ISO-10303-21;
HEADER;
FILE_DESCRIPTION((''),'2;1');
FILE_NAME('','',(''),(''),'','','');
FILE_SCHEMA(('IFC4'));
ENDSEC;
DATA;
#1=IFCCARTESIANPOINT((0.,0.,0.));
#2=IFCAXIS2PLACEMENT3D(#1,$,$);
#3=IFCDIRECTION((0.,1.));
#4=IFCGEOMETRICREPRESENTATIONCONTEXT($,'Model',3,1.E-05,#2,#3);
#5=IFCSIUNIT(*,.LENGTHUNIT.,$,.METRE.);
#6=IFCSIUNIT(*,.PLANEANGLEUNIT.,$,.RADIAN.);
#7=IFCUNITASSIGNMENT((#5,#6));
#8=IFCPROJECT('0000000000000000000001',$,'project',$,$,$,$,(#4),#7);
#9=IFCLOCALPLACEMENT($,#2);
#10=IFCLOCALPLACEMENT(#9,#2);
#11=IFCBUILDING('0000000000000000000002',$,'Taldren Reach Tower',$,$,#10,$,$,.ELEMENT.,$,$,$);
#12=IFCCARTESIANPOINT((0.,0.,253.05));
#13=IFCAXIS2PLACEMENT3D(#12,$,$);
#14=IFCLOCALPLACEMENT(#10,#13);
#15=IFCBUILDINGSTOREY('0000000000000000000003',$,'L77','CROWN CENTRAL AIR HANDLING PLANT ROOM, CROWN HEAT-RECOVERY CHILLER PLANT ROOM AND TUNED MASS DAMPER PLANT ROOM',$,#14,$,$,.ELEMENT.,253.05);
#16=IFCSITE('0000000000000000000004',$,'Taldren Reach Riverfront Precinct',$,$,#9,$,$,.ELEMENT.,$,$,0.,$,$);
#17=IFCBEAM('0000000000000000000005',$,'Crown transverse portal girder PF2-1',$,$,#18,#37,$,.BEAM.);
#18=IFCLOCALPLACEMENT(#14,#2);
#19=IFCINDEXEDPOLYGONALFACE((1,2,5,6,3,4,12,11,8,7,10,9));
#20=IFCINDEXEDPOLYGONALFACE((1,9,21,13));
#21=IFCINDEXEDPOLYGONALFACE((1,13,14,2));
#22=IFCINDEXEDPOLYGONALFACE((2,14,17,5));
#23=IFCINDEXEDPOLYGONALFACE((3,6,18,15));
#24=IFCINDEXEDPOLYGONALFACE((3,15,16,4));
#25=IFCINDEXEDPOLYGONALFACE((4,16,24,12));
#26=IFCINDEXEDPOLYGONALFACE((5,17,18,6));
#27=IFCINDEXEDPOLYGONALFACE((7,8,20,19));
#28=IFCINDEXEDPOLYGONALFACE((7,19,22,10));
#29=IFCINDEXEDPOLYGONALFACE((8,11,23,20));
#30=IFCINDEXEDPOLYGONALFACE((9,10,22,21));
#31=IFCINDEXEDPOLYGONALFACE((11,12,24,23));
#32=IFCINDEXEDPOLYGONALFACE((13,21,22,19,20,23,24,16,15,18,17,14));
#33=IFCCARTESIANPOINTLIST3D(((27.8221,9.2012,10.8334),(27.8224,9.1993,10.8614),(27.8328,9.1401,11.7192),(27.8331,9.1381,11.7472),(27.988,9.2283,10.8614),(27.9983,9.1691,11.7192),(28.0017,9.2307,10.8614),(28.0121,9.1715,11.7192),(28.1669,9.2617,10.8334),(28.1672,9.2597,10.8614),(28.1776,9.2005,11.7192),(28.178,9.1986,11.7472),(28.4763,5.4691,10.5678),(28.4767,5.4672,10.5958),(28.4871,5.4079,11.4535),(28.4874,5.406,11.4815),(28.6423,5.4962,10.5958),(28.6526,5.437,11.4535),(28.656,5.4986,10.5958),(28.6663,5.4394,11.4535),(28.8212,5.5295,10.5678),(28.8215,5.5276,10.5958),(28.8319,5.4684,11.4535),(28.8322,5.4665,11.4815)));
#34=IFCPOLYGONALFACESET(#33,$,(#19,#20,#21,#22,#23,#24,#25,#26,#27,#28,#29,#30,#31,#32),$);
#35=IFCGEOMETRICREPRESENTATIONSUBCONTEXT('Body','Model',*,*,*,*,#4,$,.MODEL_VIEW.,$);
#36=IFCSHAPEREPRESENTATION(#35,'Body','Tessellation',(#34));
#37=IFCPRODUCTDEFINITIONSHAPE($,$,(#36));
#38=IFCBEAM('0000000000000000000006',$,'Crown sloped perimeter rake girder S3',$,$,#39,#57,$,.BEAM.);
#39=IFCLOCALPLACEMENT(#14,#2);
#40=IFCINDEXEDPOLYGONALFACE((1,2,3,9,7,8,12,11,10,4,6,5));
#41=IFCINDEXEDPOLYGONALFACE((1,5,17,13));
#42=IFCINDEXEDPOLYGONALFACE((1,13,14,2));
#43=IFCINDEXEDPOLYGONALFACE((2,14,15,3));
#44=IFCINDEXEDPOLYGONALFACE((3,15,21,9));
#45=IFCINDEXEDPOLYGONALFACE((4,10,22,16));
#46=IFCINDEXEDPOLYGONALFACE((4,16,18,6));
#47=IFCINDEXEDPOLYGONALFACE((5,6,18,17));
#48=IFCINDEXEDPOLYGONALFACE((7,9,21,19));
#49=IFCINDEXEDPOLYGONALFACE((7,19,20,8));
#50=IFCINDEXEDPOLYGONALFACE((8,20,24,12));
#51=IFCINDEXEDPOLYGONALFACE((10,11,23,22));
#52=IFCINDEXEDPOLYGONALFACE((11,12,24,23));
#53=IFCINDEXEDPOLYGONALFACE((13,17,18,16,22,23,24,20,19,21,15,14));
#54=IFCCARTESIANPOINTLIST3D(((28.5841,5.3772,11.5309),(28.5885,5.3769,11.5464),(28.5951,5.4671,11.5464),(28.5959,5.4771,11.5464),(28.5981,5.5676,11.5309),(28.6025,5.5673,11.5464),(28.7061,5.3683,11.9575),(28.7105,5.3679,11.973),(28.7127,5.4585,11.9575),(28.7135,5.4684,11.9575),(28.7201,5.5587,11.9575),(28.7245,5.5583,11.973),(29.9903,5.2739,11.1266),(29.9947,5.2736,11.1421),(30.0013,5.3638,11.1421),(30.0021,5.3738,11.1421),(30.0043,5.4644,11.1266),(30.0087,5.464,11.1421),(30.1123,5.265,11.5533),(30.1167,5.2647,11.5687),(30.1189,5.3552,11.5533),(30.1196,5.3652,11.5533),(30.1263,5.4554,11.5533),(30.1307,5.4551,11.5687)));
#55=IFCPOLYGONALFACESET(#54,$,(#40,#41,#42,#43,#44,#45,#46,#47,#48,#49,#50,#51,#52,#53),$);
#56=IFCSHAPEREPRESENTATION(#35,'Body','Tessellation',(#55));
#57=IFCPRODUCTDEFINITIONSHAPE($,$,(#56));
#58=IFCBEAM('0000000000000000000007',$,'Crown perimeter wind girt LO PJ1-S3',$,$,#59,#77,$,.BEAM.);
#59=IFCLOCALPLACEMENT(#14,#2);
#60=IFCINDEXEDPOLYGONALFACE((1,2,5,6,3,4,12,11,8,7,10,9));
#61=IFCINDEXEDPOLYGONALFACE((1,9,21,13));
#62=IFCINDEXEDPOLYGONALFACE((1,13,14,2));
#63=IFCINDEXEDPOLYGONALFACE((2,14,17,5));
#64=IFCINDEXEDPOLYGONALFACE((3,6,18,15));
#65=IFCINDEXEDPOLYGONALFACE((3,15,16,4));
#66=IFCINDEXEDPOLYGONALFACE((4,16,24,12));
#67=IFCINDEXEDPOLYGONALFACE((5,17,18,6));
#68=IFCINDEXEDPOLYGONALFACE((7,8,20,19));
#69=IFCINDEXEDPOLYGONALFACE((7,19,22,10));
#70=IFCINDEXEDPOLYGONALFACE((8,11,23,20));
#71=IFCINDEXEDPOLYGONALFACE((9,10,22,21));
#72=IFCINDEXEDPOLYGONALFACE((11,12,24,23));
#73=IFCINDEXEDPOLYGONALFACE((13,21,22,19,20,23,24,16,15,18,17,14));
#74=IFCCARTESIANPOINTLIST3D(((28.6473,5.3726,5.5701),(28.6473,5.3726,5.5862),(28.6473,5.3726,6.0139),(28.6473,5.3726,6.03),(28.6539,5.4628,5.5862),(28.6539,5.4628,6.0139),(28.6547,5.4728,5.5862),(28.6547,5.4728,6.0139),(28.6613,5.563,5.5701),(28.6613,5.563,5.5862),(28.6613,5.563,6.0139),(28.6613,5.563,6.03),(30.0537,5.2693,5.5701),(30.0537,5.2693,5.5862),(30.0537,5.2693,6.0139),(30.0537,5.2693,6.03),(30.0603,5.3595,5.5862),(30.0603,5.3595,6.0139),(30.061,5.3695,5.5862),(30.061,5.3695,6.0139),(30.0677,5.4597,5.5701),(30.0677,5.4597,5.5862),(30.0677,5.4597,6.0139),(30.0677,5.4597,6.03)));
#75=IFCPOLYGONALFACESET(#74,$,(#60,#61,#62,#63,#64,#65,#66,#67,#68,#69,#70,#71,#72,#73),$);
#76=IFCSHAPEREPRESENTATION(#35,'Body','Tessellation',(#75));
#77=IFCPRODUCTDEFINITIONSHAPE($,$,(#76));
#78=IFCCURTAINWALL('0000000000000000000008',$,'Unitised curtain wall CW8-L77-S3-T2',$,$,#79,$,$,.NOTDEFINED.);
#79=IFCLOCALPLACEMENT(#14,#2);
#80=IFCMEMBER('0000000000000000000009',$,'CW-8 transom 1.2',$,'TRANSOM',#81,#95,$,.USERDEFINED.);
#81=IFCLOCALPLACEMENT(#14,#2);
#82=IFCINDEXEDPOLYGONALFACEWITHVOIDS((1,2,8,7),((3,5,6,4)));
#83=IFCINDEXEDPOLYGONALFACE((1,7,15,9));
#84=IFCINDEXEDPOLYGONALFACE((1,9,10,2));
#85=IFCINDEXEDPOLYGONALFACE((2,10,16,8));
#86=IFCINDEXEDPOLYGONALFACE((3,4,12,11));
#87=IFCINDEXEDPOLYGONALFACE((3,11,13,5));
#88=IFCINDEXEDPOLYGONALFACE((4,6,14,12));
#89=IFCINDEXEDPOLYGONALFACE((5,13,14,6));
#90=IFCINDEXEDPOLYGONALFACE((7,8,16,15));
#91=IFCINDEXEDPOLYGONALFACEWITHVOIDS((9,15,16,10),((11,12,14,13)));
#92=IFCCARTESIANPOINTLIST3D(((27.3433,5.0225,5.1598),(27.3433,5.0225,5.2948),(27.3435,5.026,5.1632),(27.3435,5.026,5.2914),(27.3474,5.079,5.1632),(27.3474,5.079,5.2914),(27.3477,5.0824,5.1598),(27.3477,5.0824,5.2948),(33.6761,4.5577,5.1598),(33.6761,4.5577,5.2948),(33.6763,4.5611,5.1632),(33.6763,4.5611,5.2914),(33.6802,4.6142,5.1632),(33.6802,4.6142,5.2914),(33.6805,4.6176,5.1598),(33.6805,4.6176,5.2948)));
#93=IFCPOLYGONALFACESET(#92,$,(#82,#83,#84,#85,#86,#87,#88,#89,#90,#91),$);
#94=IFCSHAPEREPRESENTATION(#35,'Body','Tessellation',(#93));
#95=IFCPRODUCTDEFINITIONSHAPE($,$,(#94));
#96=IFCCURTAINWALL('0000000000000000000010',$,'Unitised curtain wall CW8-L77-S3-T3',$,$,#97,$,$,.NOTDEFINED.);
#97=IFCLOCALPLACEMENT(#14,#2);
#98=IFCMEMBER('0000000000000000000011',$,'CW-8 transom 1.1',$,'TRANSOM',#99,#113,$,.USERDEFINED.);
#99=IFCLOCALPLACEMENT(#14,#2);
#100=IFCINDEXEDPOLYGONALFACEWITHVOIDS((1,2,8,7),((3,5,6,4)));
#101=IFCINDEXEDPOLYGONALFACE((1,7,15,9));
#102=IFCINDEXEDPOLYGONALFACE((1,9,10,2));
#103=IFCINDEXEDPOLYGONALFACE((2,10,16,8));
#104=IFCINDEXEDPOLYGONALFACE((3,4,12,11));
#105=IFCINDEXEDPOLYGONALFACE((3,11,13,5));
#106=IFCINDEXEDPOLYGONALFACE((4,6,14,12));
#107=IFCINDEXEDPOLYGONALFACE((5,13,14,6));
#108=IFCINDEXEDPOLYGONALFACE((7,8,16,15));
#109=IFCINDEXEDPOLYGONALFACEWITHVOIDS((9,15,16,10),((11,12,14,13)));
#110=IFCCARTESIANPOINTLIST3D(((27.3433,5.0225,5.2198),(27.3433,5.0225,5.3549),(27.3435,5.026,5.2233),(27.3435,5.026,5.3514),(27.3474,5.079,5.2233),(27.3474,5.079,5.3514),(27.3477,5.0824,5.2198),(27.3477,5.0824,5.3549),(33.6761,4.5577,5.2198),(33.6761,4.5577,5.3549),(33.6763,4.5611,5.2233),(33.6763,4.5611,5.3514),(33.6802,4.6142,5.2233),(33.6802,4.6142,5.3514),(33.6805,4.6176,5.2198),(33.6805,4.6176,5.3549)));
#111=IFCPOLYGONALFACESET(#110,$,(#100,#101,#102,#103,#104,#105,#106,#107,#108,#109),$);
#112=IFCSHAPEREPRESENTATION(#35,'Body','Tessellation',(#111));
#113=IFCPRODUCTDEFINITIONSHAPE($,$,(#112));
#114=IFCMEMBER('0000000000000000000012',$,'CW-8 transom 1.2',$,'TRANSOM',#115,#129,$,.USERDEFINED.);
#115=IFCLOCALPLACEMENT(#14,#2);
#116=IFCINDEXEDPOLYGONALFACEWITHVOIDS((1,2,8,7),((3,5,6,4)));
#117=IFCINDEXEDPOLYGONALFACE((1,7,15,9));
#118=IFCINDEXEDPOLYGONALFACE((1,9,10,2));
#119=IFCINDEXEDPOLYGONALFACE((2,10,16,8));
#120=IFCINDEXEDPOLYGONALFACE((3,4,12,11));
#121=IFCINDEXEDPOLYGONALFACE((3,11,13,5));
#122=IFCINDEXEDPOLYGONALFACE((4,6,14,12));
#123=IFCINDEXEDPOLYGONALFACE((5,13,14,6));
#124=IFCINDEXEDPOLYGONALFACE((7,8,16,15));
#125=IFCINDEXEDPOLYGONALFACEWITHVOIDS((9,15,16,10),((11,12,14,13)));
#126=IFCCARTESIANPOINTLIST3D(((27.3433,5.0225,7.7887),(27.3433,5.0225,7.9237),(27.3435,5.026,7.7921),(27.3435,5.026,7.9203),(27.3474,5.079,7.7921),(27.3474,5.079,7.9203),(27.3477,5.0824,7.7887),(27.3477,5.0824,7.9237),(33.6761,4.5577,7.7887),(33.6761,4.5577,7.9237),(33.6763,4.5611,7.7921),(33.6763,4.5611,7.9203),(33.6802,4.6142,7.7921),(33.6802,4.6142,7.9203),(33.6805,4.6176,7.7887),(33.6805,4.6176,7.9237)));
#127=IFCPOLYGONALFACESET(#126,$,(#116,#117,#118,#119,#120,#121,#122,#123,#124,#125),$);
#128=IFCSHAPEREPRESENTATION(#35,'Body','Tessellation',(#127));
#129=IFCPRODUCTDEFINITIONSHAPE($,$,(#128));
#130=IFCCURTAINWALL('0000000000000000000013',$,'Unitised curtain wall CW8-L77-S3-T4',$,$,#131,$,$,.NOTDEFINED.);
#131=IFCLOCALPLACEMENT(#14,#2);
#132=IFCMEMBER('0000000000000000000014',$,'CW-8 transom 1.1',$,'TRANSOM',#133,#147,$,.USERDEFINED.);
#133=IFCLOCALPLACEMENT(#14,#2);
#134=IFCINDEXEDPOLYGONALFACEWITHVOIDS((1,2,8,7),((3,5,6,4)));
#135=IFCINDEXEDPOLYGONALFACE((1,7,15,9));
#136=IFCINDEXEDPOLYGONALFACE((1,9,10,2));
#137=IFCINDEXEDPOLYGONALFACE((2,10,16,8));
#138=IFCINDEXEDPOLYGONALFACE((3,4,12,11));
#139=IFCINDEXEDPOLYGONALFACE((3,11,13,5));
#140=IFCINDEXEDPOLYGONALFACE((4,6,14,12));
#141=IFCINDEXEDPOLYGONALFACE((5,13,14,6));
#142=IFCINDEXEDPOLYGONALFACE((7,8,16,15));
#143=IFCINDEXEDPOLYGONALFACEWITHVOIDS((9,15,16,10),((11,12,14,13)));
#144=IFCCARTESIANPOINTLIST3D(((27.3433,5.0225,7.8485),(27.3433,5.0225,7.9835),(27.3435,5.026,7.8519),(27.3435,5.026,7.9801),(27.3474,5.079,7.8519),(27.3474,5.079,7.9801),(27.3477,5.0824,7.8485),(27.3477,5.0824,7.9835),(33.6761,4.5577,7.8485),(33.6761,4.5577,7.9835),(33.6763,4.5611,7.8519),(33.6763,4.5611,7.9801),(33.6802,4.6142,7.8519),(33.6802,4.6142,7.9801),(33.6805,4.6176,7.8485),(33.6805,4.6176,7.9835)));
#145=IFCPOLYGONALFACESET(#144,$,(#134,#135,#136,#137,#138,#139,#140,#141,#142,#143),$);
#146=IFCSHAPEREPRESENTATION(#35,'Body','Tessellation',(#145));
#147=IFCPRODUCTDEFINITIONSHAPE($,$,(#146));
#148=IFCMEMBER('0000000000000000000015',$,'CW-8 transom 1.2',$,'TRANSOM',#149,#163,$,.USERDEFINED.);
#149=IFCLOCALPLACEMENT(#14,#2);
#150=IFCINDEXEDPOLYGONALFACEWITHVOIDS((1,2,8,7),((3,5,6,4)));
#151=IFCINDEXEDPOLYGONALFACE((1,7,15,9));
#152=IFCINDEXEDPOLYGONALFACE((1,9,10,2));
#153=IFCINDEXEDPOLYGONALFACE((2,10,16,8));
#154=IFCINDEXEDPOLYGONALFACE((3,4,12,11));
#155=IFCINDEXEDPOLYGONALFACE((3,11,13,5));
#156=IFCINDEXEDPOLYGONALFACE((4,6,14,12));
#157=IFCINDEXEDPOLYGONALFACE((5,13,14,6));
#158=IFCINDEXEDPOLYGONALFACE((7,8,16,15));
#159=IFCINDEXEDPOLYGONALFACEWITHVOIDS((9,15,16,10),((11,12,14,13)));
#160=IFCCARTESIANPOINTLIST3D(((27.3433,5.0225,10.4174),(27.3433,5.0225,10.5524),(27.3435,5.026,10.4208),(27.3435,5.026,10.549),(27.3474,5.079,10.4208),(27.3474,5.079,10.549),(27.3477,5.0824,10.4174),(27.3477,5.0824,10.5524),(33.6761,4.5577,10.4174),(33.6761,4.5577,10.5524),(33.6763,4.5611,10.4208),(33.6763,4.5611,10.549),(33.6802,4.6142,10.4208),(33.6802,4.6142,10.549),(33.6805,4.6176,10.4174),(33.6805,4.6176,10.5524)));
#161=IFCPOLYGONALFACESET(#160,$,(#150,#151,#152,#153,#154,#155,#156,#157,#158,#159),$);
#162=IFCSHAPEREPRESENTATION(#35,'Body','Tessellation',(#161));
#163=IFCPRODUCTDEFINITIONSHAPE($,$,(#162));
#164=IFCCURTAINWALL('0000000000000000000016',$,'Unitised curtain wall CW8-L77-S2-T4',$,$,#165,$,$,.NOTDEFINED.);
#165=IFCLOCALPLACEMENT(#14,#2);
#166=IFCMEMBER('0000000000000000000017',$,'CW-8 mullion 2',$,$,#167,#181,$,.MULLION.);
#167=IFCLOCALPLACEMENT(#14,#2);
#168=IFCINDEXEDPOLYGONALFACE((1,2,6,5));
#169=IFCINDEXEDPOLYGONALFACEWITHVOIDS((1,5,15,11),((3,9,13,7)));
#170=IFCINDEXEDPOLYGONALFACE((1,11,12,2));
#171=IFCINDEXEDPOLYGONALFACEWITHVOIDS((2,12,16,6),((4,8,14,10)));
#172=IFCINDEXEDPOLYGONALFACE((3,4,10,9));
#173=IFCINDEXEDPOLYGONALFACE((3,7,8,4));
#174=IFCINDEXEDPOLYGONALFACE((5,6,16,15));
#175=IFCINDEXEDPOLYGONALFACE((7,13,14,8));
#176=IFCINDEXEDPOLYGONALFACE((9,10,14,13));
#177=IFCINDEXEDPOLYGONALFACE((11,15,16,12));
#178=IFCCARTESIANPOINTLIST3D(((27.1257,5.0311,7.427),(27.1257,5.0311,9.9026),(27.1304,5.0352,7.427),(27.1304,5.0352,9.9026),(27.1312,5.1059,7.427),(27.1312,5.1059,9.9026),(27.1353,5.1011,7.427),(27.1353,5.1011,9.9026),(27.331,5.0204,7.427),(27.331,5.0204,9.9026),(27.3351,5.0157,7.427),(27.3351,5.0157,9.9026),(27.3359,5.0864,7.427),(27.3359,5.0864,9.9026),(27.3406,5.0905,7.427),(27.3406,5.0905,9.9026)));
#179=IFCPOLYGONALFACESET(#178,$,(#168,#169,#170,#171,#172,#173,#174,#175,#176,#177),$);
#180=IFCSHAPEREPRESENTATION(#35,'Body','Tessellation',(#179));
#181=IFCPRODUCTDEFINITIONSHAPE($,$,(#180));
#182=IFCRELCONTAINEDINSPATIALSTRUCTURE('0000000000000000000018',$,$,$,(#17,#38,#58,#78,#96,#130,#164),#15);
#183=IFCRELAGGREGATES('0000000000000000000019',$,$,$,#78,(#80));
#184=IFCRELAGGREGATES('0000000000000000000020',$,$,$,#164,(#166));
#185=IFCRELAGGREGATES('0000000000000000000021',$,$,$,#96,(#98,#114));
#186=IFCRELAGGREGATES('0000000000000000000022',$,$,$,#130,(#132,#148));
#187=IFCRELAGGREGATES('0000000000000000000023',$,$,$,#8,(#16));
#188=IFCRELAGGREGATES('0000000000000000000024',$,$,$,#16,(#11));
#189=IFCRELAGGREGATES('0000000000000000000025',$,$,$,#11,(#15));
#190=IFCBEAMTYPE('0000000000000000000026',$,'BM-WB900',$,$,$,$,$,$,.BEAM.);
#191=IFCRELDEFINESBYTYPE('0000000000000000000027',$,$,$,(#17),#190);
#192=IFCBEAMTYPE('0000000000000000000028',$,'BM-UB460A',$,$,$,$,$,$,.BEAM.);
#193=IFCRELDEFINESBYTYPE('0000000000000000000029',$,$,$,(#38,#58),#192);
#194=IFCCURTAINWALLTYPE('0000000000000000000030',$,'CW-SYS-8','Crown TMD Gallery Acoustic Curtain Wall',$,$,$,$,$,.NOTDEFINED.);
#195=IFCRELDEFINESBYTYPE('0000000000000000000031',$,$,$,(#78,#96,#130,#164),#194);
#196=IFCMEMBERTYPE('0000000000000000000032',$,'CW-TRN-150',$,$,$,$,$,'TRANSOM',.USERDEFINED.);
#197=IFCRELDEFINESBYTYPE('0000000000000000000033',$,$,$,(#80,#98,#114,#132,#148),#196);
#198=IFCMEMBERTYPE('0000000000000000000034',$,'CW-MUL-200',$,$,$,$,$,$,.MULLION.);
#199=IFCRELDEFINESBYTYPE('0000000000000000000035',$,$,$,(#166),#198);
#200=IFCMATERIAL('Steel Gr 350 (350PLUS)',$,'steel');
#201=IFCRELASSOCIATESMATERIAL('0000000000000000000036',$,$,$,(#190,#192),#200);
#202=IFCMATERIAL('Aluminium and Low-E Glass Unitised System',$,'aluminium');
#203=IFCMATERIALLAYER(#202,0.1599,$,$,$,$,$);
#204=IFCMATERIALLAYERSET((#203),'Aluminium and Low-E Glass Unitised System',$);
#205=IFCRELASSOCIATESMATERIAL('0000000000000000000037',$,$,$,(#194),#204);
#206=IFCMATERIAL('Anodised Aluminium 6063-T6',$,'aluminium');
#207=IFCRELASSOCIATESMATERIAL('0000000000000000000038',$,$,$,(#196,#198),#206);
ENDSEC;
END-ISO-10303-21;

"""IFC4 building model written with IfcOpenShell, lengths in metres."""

from ifc_helpers import new_model, si_unit, direction, frame, origin, origin_2d, place, context, subcontext, project, spatial, hollow_rectangle, i_section, extrude, source, transform, mapped, material, layer, layer_set, material_profile, profile_set, type_object, element, aggregate, save


model = new_model("IFC4")

# Units and contexts
model_context = context("Model", 3, precision=1e-05, world=origin(), true_north=direction((0.0, 1.0)))
body_context = subcontext(model_context, "Body", "Model", "MODEL_VIEW")
ifc_project = project(units=[si_unit("LENGTHUNIT", "METRE"), si_unit("PLANEANGLEUNIT", "RADIAN")], contexts=[model_context])

# Site, building, storey
site_placement = place(None, origin())
site = spatial("IfcSite", under=ifc_project, at=site_placement, Name="Taldren Reach Riverfront Precinct", CompositionType="ELEMENT", RefElevation=0.0)
building_placement = place(site_placement, origin())
building = spatial("IfcBuilding", under=site, at=building_placement, Name="Taldren Reach Tower", CompositionType="ELEMENT")
storey_placement = place(building_placement, frame((0.0, 0.0, 253.05)))
storey = spatial("IfcBuildingStorey", under=building, at=storey_placement, Name="L77", Description="CROWN CENTRAL AIR HANDLING PLANT ROOM, CROWN HEAT-RECOVERY CHILLER PLANT ROOM AND TUNED MASS DAMPER PLANT ROOM", CompositionType="ELEMENT", Elevation=253.05)

# Beams
ifc_material_1 = material(Name="Steel Gr 350 (350PLUS)", Category="steel")
ifc_material_profile_1 = material_profile(ifc_material_1, i_section(OverallWidth=0.3501, OverallDepth=0.916, WebThickness=0.0139, FlangeThickness=0.0281, at=origin_2d()), Name="900WB257")
ifc_profile_set_1 = profile_set([ifc_material_profile_1], Name="Steel Gr 350 (350PLUS)")
beam_type_1 = type_object("IfcBeamType", Name="BM-WB900", PredefinedType="BEAM", material=ifc_profile_set_1)
shared_shape_1 = source(origin(), body_context, "Body", "SweptSolid", [
    extrude(i_section(OverallWidth=0.3501, OverallDepth=0.916, WebThickness=0.0139, FlangeThickness=0.0281, at=origin_2d()), origin(), (0.0, 0.0, 1.0), 3.7983),
])
beam_1_placement = place(storey_placement, frame((28.6543, 5.4678, 11.0247), z_axis=(-0.172256, 0.982567, 0.069931), x_axis=(-0.984978, -0.172679, 0.0)))
element("IfcBeam", 1, at=beam_1_placement, inside=storey, type_object=beam_type_1, Name="Crown transverse portal girder PF2-1", PredefinedType="BEAM", context=body_context, shape_type="MappedRepresentation", body=[
    mapped(shared_shape_1, transform((0.0, 0.0, 0.0), scale=1.0)),
])
ifc_material_profile_2 = material_profile(ifc_material_1, i_section(OverallWidth=0.1909, OverallDepth=0.46, WebThickness=0.01, FlangeThickness=0.0161, at=origin_2d()), Name="460UB82.1")
ifc_profile_set_2 = profile_set([ifc_material_profile_2], Name="Steel Gr 350 (350PLUS)")
beam_type_2 = type_object("IfcBeamType", Name="BM-UB460A", PredefinedType="BEAM", material=ifc_profile_set_2)
shared_shape_2 = source(origin(), body_context, "Body", "SweptSolid", [
    extrude(i_section(OverallWidth=0.1909, OverallDepth=0.46, WebThickness=0.01, FlangeThickness=0.0161, at=origin_2d()), origin(), (0.0, 0.0, 1.0), 1.4668),
])
beam_2_placement = place(storey_placement, frame((28.6543, 5.4678, 11.752), z_axis=(0.958685, -0.070403, -0.275622), x_axis=(0.07324, 0.997314, 0.0)))
element("IfcBeam", 2, at=beam_2_placement, inside=storey, type_object=beam_type_2, Name="Crown sloped perimeter rake girder S3", PredefinedType="BEAM", context=body_context, shape_type="MappedRepresentation", body=[
    mapped(shared_shape_2, transform((0.0, 0.0, 0.0), scale=1.0)),
])
shared_shape_3 = source(origin(), body_context, "Body", "SweptSolid", [
    extrude(i_section(OverallWidth=0.1909, OverallDepth=0.46, WebThickness=0.01, FlangeThickness=0.0161, at=origin_2d()), origin(), (0.0, 0.0, 1.0), 1.4102),
])
beam_3_placement = place(storey_placement, frame((28.6543, 5.4678, 5.8), z_axis=(0.997314, -0.07324, 0.0), x_axis=(0.07324, 0.997314, 0.0)))
element("IfcBeam", 3, at=beam_3_placement, inside=storey, type_object=beam_type_2, Name="Crown perimeter wind girt LO PJ1-S3", PredefinedType="BEAM", context=body_context, shape_type="MappedRepresentation", body=[
    mapped(shared_shape_3, transform((0.0, 0.0, 0.0), scale=1.0)),
])

# Curtain wall, member
ifc_material_2 = material(Name="Aluminium and Low-E Glass Unitised System", Category="aluminium")
ifc_layer_1 = layer(ifc_material_2, 0.1599)
ifc_layer_set_1 = layer_set([ifc_layer_1], Name="Aluminium and Low-E Glass Unitised System")
curtain_wall_type = type_object("IfcCurtainWallType", Name="CW-SYS-8", Description="Crown TMD Gallery Acoustic Curtain Wall", PredefinedType="NOTDEFINED", material=ifc_layer_set_1)
curtain_wall_1_placement = place(storey_placement, origin())
curtain_wall_1 = element("IfcCurtainWall", 4, at=curtain_wall_1_placement, inside=storey, type_object=curtain_wall_type, Name="Unitised curtain wall CW8-L77-S3-T2", PredefinedType="NOTDEFINED")
ifc_material_3 = material(Name="Anodised Aluminium 6063-T6", Category="aluminium")
ifc_material_profile_3 = material_profile(ifc_material_3, hollow_rectangle(XDim=0.0601, YDim=0.135, WallThickness=0.0034, at=origin_2d()), Name="ALU-135x60x3.5RHS")
ifc_profile_set_3 = profile_set([ifc_material_profile_3], Name="Anodised Aluminium 6063-T6")
member_type_1 = type_object("IfcMemberType", Name="CW-TRN-150", ElementType="TRANSOM", PredefinedType="USERDEFINED", material=ifc_profile_set_3)
shared_shape_4 = source(origin(), body_context, "Body", "SweptSolid", [
    extrude(hollow_rectangle(XDim=0.0601, YDim=0.135, WallThickness=0.0034, at=origin_2d()), origin(), (0.0, 0.0, 1.0), 6.3499),
])
member_1_placement = place(storey_placement, frame((27.3455, 5.0525, 5.2273), z_axis=(0.997317, -0.073206, 0.0), x_axis=(0.073206, 0.997317, 0.0)))
member_1 = element("IfcMember", 5, at=member_1_placement, type_object=member_type_1, Name="CW-8 transom 1.2", ObjectType="TRANSOM", PredefinedType="USERDEFINED", context=body_context, shape_type="MappedRepresentation", body=[
    mapped(shared_shape_4, transform((0.0, 0.0, 0.0), scale=1.0)),
])
aggregate(curtain_wall_1, [member_1])

# Curtain walls, members
curtain_wall_2_placement = place(storey_placement, origin())
curtain_wall_2 = element("IfcCurtainWall", 6, at=curtain_wall_2_placement, inside=storey, type_object=curtain_wall_type, Name="Unitised curtain wall CW8-L77-S3-T3", PredefinedType="NOTDEFINED")
member_2_placement = place(storey_placement, frame((27.3455, 5.0525, 5.2874), z_axis=(0.997317, -0.073206, 0.0), x_axis=(0.073206, 0.997317, 0.0)))
member_2 = element("IfcMember", 7, at=member_2_placement, type_object=member_type_1, Name="CW-8 transom 1.1", ObjectType="TRANSOM", PredefinedType="USERDEFINED", context=body_context, shape_type="MappedRepresentation", body=[
    mapped(shared_shape_4, transform((0.0, 0.0, 0.0), scale=1.0)),
])
member_3_placement = place(storey_placement, frame((27.3455, 5.0525, 7.8562), z_axis=(0.997317, -0.073206, 0.0), x_axis=(0.073206, 0.997317, 0.0)))
member_3 = element("IfcMember", 8, at=member_3_placement, type_object=member_type_1, Name="CW-8 transom 1.2", ObjectType="TRANSOM", PredefinedType="USERDEFINED", context=body_context, shape_type="MappedRepresentation", body=[
    mapped(shared_shape_4, transform((0.0, 0.0, 0.0), scale=1.0)),
])
curtain_wall_3_placement = place(storey_placement, origin())
curtain_wall_3 = element("IfcCurtainWall", 9, at=curtain_wall_3_placement, inside=storey, type_object=curtain_wall_type, Name="Unitised curtain wall CW8-L77-S3-T4", PredefinedType="NOTDEFINED")
member_4_placement = place(storey_placement, frame((27.3455, 5.0525, 7.916), z_axis=(0.997317, -0.073206, 0.0), x_axis=(0.073206, 0.997317, 0.0)))
member_4 = element("IfcMember", 10, at=member_4_placement, type_object=member_type_1, Name="CW-8 transom 1.1", ObjectType="TRANSOM", PredefinedType="USERDEFINED", context=body_context, shape_type="MappedRepresentation", body=[
    mapped(shared_shape_4, transform((0.0, 0.0, 0.0), scale=1.0)),
])
member_5_placement = place(storey_placement, frame((27.3455, 5.0525, 10.4849), z_axis=(0.997317, -0.073206, 0.0), x_axis=(0.073206, 0.997317, 0.0)))
member_5 = element("IfcMember", 11, at=member_5_placement, type_object=member_type_1, Name="CW-8 transom 1.2", ObjectType="TRANSOM", PredefinedType="USERDEFINED", context=body_context, shape_type="MappedRepresentation", body=[
    mapped(shared_shape_4, transform((0.0, 0.0, 0.0), scale=1.0)),
])

# Curtain wall, member
curtain_wall_4_placement = place(storey_placement, origin())
curtain_wall_4 = element("IfcCurtainWall", 12, at=curtain_wall_4_placement, inside=storey, type_object=curtain_wall_type, Name="Unitised curtain wall CW8-L77-S2-T4", PredefinedType="NOTDEFINED")
ifc_material_profile_4 = material_profile(ifc_material_3, hollow_rectangle(XDim=0.075, YDim=0.21, WallThickness=0.0044, at=origin_2d()), Name="ALU-210x75x4.5RHS")
ifc_profile_set_4 = profile_set([ifc_material_profile_4], Name="Anodised Aluminium 6063-T6")
member_type_2 = type_object("IfcMemberType", Name="CW-MUL-200", PredefinedType="MULLION", material=ifc_profile_set_4)
shared_shape_5 = source(origin(), body_context, "Body", "SweptSolid", [
    extrude(hollow_rectangle(XDim=0.075, YDim=0.21, WallThickness=0.0044, at=origin_2d()), origin(), (0.0, 0.0, 1.0), 2.4756),
])
member_6_placement = place(storey_placement, frame((27.2332, 5.0608, 7.427), z_axis=(0.0, 0.0, 1.0), x_axis=(0.073238, 0.997314, 0.0)))
member_6 = element("IfcMember", 13, at=member_6_placement, type_object=member_type_2, Name="CW-8 mullion 2", PredefinedType="MULLION", context=body_context, shape_type="MappedRepresentation", body=[
    mapped(shared_shape_5, transform((0.0, 0.0, 0.0), scale=1.0)),
])

aggregate(curtain_wall_4, [member_6])
aggregate(curtain_wall_2, [member_2, member_3])
aggregate(curtain_wall_3, [member_4, member_5])

save(model, "model.ifc")
